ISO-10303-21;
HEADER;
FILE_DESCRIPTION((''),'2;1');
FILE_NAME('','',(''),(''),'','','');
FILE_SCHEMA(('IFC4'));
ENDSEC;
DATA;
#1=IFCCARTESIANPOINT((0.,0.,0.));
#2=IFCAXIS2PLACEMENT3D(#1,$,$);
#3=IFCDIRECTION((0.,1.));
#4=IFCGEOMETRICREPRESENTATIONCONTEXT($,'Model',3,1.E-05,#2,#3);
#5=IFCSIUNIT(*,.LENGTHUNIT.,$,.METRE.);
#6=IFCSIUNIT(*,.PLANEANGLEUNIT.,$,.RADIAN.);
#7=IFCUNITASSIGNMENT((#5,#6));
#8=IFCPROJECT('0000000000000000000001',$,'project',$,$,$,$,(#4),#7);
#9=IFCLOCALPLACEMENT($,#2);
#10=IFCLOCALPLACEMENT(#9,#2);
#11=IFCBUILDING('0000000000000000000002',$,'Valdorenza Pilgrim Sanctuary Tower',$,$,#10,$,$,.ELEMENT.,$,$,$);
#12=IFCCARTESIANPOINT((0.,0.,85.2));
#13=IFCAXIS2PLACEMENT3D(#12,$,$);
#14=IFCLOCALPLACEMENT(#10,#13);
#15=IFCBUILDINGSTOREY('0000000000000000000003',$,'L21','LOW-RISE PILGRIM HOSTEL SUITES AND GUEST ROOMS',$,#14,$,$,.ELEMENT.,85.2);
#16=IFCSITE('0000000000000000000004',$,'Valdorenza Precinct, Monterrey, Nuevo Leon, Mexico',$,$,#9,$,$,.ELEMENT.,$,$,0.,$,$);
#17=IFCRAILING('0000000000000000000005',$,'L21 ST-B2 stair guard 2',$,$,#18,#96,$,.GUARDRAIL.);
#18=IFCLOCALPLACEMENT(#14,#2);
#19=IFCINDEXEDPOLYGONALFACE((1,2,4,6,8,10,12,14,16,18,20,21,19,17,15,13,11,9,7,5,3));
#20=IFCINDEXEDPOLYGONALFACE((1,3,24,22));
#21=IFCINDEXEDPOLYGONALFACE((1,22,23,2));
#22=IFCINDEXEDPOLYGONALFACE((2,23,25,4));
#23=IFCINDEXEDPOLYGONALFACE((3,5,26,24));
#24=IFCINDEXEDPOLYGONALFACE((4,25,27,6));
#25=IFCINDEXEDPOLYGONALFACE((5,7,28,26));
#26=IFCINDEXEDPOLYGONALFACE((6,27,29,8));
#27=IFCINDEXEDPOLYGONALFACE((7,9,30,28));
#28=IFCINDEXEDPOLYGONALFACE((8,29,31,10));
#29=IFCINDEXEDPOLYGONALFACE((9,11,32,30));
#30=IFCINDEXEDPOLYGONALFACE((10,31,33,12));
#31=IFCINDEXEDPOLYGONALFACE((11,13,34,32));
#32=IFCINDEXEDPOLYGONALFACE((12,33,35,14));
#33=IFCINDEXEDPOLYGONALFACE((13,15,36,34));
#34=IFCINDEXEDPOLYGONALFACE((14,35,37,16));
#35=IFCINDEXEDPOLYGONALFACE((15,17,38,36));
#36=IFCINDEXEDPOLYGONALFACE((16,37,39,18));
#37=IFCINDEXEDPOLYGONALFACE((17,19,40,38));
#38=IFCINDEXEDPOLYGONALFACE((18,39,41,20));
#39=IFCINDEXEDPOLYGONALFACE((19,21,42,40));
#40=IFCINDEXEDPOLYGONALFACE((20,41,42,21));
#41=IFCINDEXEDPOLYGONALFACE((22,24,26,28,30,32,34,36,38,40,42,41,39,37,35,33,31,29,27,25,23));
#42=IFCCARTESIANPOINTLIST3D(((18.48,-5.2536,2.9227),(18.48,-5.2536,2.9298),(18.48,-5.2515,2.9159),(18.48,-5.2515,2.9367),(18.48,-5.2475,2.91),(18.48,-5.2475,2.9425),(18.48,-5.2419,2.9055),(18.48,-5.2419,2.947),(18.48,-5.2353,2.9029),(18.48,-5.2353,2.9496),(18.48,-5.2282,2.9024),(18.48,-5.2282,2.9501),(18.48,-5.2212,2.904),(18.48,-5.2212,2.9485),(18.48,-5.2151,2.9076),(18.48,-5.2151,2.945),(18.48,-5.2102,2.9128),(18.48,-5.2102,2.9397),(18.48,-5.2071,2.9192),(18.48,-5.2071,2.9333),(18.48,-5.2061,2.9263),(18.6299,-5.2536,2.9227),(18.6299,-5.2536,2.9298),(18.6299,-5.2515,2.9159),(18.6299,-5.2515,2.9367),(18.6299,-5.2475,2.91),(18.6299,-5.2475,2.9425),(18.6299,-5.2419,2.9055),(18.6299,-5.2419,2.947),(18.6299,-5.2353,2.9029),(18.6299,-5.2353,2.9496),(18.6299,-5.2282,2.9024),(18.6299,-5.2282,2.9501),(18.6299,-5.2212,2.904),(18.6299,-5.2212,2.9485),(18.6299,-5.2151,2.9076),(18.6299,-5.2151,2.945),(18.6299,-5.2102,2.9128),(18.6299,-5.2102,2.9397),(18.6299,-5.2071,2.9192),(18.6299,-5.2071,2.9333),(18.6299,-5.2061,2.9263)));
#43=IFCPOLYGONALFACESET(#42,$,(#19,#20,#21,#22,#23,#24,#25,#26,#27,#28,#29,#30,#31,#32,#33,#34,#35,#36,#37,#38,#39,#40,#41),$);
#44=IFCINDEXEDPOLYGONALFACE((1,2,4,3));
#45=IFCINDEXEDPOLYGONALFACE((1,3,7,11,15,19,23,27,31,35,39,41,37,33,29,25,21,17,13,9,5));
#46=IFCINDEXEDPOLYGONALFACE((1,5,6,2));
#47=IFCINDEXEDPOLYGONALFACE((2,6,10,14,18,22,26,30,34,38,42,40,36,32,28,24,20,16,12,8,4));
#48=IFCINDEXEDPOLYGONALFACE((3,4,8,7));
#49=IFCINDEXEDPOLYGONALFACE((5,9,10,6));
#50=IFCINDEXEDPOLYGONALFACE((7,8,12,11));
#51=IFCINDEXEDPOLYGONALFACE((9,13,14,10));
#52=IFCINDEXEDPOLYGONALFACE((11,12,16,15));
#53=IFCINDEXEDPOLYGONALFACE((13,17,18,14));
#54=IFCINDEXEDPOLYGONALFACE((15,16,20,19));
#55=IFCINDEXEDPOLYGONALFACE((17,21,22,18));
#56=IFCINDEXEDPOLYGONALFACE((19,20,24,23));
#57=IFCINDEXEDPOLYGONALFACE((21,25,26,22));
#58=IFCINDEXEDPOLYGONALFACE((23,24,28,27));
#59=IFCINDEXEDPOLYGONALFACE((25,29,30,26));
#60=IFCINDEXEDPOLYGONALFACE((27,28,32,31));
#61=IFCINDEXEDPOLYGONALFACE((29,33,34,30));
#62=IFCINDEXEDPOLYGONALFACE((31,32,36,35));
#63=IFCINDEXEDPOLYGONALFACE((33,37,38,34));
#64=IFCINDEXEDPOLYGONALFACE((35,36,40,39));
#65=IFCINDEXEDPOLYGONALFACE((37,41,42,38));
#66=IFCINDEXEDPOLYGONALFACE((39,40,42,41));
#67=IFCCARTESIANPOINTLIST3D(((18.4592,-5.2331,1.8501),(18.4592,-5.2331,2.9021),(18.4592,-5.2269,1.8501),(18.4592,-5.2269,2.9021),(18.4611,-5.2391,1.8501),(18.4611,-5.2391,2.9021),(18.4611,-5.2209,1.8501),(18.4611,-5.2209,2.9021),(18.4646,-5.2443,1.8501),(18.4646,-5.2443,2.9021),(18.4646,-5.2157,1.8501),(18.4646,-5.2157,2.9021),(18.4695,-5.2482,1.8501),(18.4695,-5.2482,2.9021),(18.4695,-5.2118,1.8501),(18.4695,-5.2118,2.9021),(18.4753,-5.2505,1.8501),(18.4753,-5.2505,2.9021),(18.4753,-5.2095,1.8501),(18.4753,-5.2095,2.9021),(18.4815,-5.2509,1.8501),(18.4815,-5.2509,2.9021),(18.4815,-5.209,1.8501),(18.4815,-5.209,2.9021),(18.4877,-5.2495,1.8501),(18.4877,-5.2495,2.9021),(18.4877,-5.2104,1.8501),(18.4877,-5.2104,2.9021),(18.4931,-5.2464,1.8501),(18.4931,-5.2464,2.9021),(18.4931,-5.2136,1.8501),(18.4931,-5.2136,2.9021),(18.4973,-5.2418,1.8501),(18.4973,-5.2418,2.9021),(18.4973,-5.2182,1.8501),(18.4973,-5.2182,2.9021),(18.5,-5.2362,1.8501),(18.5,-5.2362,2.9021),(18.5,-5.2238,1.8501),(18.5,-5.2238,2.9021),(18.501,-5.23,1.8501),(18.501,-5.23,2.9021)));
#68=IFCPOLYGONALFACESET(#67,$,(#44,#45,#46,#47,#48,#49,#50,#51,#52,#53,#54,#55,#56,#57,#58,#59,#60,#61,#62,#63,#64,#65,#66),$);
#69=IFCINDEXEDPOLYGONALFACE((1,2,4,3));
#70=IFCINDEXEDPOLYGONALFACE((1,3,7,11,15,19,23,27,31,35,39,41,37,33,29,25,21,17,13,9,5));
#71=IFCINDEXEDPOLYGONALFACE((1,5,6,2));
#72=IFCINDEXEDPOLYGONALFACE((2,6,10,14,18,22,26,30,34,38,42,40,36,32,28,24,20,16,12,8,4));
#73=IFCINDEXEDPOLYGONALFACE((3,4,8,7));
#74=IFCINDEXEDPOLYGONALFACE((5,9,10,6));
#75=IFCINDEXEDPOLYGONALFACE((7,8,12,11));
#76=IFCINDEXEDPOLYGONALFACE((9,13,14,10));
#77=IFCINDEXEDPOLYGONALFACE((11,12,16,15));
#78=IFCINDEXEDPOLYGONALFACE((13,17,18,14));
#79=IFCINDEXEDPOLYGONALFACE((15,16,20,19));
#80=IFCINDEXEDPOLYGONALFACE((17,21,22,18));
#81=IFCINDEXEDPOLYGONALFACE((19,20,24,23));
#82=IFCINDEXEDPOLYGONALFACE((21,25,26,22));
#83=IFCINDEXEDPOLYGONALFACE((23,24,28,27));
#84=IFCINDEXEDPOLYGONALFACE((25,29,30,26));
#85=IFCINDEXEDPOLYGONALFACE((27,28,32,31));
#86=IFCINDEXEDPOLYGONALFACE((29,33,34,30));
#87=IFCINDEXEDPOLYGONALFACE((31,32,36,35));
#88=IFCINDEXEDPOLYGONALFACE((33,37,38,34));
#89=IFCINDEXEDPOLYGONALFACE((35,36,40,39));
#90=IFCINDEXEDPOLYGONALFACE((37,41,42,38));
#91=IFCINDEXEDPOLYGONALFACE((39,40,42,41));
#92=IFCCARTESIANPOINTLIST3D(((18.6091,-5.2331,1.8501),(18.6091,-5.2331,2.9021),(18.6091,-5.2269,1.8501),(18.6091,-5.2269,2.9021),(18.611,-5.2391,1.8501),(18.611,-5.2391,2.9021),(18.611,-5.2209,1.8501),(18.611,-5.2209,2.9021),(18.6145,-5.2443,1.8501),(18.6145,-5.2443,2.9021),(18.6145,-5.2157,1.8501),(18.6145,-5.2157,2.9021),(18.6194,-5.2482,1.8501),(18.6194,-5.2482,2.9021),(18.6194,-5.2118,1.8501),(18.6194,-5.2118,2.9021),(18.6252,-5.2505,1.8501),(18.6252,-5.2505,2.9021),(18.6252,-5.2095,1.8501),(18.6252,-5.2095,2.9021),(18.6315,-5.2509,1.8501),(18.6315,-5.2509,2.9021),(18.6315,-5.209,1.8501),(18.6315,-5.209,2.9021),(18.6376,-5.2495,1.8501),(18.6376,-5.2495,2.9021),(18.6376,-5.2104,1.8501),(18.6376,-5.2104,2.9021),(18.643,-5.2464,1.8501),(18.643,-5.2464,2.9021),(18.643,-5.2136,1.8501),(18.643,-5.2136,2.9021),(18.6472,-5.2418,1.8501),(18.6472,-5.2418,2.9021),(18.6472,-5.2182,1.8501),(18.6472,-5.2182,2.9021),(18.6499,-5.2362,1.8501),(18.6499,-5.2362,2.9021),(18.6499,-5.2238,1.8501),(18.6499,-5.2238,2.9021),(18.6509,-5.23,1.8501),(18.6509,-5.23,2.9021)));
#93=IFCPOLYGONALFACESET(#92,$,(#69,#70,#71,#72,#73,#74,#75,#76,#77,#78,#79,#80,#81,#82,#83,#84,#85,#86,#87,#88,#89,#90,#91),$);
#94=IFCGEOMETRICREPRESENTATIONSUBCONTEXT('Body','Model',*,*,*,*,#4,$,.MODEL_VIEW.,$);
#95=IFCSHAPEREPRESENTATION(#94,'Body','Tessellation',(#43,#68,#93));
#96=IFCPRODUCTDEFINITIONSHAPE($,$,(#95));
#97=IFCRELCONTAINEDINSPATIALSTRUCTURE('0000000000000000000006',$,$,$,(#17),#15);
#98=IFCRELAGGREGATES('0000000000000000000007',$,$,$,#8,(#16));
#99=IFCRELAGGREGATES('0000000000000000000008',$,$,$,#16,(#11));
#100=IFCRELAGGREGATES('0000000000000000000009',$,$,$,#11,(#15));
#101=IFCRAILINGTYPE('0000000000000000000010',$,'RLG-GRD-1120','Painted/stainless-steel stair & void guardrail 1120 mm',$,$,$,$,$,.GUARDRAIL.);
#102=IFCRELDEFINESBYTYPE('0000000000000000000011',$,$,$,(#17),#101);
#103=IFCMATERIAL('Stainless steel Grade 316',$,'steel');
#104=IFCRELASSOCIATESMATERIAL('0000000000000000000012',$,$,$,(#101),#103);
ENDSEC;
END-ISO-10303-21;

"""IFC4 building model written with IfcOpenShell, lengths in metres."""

from ifc_helpers import new_model, si_unit, direction, frame, origin, origin_2d, place, context, subcontext, project, spatial, circle, extrude, material, type_object, element, save


model = new_model("IFC4")

# Units and contexts
model_context = context("Model", 3, precision=1e-05, world=origin(), true_north=direction((0.0, 1.0)))
body_context = subcontext(model_context, "Body", "Model", "MODEL_VIEW")
ifc_project = project(units=[si_unit("LENGTHUNIT", "METRE"), si_unit("PLANEANGLEUNIT", "RADIAN")], contexts=[model_context])

# Site, building, storey
site_placement = place(None, origin())
site = spatial("IfcSite", under=ifc_project, at=site_placement, Name="Valdorenza Precinct, Monterrey, Nuevo Leon, Mexico", CompositionType="ELEMENT", RefElevation=0.0)
building_placement = place(site_placement, origin())
building = spatial("IfcBuilding", under=site, at=building_placement, Name="Valdorenza Pilgrim Sanctuary Tower", CompositionType="ELEMENT")
storey_placement = place(building_placement, frame((0.0, 0.0, 85.2)))
storey = spatial("IfcBuildingStorey", under=building, at=storey_placement, Name="L21", Description="LOW-RISE PILGRIM HOSTEL SUITES AND GUEST ROOMS", CompositionType="ELEMENT", Elevation=85.2)

# Railing
ifc_material_1 = material(Name="Stainless steel Grade 316", Category="steel")
railing_type_1 = type_object("IfcRailingType", Name="RLG-GRD-1120", Description="Painted/stainless-steel stair & void guardrail 1120 mm", PredefinedType="GUARDRAIL", material=ifc_material_1)
railing_1_placement = place(storey_placement, frame((18.48, -5.23, 1.8501)))
element("IfcRailing", 1, at=railing_1_placement, inside=storey, type_object=railing_type_1, Name="L21 ST-B2 stair guard 2", PredefinedType="GUARDRAIL", context=body_context, shape_type="SweptSolid", body=[
    extrude(circle(Radius=0.0239, at=origin_2d()), frame((0.0, 0.0, 1.0762), z_axis=(1.0, 0.0, 0.0), x_axis=(0.0, 1.0, 0.0)), (0.0, 0.0, 1.0), 0.1499),
    extrude(circle(Radius=0.021, at=origin_2d()), origin(), (0.0, 0.0, 1.0), 1.052),
    extrude(circle(Radius=0.021, at=origin_2d()), frame((0.1499, 0.0, 0.0)), (0.0, 0.0, 1.0), 1.052),
])

save(model, "model.ifc")
